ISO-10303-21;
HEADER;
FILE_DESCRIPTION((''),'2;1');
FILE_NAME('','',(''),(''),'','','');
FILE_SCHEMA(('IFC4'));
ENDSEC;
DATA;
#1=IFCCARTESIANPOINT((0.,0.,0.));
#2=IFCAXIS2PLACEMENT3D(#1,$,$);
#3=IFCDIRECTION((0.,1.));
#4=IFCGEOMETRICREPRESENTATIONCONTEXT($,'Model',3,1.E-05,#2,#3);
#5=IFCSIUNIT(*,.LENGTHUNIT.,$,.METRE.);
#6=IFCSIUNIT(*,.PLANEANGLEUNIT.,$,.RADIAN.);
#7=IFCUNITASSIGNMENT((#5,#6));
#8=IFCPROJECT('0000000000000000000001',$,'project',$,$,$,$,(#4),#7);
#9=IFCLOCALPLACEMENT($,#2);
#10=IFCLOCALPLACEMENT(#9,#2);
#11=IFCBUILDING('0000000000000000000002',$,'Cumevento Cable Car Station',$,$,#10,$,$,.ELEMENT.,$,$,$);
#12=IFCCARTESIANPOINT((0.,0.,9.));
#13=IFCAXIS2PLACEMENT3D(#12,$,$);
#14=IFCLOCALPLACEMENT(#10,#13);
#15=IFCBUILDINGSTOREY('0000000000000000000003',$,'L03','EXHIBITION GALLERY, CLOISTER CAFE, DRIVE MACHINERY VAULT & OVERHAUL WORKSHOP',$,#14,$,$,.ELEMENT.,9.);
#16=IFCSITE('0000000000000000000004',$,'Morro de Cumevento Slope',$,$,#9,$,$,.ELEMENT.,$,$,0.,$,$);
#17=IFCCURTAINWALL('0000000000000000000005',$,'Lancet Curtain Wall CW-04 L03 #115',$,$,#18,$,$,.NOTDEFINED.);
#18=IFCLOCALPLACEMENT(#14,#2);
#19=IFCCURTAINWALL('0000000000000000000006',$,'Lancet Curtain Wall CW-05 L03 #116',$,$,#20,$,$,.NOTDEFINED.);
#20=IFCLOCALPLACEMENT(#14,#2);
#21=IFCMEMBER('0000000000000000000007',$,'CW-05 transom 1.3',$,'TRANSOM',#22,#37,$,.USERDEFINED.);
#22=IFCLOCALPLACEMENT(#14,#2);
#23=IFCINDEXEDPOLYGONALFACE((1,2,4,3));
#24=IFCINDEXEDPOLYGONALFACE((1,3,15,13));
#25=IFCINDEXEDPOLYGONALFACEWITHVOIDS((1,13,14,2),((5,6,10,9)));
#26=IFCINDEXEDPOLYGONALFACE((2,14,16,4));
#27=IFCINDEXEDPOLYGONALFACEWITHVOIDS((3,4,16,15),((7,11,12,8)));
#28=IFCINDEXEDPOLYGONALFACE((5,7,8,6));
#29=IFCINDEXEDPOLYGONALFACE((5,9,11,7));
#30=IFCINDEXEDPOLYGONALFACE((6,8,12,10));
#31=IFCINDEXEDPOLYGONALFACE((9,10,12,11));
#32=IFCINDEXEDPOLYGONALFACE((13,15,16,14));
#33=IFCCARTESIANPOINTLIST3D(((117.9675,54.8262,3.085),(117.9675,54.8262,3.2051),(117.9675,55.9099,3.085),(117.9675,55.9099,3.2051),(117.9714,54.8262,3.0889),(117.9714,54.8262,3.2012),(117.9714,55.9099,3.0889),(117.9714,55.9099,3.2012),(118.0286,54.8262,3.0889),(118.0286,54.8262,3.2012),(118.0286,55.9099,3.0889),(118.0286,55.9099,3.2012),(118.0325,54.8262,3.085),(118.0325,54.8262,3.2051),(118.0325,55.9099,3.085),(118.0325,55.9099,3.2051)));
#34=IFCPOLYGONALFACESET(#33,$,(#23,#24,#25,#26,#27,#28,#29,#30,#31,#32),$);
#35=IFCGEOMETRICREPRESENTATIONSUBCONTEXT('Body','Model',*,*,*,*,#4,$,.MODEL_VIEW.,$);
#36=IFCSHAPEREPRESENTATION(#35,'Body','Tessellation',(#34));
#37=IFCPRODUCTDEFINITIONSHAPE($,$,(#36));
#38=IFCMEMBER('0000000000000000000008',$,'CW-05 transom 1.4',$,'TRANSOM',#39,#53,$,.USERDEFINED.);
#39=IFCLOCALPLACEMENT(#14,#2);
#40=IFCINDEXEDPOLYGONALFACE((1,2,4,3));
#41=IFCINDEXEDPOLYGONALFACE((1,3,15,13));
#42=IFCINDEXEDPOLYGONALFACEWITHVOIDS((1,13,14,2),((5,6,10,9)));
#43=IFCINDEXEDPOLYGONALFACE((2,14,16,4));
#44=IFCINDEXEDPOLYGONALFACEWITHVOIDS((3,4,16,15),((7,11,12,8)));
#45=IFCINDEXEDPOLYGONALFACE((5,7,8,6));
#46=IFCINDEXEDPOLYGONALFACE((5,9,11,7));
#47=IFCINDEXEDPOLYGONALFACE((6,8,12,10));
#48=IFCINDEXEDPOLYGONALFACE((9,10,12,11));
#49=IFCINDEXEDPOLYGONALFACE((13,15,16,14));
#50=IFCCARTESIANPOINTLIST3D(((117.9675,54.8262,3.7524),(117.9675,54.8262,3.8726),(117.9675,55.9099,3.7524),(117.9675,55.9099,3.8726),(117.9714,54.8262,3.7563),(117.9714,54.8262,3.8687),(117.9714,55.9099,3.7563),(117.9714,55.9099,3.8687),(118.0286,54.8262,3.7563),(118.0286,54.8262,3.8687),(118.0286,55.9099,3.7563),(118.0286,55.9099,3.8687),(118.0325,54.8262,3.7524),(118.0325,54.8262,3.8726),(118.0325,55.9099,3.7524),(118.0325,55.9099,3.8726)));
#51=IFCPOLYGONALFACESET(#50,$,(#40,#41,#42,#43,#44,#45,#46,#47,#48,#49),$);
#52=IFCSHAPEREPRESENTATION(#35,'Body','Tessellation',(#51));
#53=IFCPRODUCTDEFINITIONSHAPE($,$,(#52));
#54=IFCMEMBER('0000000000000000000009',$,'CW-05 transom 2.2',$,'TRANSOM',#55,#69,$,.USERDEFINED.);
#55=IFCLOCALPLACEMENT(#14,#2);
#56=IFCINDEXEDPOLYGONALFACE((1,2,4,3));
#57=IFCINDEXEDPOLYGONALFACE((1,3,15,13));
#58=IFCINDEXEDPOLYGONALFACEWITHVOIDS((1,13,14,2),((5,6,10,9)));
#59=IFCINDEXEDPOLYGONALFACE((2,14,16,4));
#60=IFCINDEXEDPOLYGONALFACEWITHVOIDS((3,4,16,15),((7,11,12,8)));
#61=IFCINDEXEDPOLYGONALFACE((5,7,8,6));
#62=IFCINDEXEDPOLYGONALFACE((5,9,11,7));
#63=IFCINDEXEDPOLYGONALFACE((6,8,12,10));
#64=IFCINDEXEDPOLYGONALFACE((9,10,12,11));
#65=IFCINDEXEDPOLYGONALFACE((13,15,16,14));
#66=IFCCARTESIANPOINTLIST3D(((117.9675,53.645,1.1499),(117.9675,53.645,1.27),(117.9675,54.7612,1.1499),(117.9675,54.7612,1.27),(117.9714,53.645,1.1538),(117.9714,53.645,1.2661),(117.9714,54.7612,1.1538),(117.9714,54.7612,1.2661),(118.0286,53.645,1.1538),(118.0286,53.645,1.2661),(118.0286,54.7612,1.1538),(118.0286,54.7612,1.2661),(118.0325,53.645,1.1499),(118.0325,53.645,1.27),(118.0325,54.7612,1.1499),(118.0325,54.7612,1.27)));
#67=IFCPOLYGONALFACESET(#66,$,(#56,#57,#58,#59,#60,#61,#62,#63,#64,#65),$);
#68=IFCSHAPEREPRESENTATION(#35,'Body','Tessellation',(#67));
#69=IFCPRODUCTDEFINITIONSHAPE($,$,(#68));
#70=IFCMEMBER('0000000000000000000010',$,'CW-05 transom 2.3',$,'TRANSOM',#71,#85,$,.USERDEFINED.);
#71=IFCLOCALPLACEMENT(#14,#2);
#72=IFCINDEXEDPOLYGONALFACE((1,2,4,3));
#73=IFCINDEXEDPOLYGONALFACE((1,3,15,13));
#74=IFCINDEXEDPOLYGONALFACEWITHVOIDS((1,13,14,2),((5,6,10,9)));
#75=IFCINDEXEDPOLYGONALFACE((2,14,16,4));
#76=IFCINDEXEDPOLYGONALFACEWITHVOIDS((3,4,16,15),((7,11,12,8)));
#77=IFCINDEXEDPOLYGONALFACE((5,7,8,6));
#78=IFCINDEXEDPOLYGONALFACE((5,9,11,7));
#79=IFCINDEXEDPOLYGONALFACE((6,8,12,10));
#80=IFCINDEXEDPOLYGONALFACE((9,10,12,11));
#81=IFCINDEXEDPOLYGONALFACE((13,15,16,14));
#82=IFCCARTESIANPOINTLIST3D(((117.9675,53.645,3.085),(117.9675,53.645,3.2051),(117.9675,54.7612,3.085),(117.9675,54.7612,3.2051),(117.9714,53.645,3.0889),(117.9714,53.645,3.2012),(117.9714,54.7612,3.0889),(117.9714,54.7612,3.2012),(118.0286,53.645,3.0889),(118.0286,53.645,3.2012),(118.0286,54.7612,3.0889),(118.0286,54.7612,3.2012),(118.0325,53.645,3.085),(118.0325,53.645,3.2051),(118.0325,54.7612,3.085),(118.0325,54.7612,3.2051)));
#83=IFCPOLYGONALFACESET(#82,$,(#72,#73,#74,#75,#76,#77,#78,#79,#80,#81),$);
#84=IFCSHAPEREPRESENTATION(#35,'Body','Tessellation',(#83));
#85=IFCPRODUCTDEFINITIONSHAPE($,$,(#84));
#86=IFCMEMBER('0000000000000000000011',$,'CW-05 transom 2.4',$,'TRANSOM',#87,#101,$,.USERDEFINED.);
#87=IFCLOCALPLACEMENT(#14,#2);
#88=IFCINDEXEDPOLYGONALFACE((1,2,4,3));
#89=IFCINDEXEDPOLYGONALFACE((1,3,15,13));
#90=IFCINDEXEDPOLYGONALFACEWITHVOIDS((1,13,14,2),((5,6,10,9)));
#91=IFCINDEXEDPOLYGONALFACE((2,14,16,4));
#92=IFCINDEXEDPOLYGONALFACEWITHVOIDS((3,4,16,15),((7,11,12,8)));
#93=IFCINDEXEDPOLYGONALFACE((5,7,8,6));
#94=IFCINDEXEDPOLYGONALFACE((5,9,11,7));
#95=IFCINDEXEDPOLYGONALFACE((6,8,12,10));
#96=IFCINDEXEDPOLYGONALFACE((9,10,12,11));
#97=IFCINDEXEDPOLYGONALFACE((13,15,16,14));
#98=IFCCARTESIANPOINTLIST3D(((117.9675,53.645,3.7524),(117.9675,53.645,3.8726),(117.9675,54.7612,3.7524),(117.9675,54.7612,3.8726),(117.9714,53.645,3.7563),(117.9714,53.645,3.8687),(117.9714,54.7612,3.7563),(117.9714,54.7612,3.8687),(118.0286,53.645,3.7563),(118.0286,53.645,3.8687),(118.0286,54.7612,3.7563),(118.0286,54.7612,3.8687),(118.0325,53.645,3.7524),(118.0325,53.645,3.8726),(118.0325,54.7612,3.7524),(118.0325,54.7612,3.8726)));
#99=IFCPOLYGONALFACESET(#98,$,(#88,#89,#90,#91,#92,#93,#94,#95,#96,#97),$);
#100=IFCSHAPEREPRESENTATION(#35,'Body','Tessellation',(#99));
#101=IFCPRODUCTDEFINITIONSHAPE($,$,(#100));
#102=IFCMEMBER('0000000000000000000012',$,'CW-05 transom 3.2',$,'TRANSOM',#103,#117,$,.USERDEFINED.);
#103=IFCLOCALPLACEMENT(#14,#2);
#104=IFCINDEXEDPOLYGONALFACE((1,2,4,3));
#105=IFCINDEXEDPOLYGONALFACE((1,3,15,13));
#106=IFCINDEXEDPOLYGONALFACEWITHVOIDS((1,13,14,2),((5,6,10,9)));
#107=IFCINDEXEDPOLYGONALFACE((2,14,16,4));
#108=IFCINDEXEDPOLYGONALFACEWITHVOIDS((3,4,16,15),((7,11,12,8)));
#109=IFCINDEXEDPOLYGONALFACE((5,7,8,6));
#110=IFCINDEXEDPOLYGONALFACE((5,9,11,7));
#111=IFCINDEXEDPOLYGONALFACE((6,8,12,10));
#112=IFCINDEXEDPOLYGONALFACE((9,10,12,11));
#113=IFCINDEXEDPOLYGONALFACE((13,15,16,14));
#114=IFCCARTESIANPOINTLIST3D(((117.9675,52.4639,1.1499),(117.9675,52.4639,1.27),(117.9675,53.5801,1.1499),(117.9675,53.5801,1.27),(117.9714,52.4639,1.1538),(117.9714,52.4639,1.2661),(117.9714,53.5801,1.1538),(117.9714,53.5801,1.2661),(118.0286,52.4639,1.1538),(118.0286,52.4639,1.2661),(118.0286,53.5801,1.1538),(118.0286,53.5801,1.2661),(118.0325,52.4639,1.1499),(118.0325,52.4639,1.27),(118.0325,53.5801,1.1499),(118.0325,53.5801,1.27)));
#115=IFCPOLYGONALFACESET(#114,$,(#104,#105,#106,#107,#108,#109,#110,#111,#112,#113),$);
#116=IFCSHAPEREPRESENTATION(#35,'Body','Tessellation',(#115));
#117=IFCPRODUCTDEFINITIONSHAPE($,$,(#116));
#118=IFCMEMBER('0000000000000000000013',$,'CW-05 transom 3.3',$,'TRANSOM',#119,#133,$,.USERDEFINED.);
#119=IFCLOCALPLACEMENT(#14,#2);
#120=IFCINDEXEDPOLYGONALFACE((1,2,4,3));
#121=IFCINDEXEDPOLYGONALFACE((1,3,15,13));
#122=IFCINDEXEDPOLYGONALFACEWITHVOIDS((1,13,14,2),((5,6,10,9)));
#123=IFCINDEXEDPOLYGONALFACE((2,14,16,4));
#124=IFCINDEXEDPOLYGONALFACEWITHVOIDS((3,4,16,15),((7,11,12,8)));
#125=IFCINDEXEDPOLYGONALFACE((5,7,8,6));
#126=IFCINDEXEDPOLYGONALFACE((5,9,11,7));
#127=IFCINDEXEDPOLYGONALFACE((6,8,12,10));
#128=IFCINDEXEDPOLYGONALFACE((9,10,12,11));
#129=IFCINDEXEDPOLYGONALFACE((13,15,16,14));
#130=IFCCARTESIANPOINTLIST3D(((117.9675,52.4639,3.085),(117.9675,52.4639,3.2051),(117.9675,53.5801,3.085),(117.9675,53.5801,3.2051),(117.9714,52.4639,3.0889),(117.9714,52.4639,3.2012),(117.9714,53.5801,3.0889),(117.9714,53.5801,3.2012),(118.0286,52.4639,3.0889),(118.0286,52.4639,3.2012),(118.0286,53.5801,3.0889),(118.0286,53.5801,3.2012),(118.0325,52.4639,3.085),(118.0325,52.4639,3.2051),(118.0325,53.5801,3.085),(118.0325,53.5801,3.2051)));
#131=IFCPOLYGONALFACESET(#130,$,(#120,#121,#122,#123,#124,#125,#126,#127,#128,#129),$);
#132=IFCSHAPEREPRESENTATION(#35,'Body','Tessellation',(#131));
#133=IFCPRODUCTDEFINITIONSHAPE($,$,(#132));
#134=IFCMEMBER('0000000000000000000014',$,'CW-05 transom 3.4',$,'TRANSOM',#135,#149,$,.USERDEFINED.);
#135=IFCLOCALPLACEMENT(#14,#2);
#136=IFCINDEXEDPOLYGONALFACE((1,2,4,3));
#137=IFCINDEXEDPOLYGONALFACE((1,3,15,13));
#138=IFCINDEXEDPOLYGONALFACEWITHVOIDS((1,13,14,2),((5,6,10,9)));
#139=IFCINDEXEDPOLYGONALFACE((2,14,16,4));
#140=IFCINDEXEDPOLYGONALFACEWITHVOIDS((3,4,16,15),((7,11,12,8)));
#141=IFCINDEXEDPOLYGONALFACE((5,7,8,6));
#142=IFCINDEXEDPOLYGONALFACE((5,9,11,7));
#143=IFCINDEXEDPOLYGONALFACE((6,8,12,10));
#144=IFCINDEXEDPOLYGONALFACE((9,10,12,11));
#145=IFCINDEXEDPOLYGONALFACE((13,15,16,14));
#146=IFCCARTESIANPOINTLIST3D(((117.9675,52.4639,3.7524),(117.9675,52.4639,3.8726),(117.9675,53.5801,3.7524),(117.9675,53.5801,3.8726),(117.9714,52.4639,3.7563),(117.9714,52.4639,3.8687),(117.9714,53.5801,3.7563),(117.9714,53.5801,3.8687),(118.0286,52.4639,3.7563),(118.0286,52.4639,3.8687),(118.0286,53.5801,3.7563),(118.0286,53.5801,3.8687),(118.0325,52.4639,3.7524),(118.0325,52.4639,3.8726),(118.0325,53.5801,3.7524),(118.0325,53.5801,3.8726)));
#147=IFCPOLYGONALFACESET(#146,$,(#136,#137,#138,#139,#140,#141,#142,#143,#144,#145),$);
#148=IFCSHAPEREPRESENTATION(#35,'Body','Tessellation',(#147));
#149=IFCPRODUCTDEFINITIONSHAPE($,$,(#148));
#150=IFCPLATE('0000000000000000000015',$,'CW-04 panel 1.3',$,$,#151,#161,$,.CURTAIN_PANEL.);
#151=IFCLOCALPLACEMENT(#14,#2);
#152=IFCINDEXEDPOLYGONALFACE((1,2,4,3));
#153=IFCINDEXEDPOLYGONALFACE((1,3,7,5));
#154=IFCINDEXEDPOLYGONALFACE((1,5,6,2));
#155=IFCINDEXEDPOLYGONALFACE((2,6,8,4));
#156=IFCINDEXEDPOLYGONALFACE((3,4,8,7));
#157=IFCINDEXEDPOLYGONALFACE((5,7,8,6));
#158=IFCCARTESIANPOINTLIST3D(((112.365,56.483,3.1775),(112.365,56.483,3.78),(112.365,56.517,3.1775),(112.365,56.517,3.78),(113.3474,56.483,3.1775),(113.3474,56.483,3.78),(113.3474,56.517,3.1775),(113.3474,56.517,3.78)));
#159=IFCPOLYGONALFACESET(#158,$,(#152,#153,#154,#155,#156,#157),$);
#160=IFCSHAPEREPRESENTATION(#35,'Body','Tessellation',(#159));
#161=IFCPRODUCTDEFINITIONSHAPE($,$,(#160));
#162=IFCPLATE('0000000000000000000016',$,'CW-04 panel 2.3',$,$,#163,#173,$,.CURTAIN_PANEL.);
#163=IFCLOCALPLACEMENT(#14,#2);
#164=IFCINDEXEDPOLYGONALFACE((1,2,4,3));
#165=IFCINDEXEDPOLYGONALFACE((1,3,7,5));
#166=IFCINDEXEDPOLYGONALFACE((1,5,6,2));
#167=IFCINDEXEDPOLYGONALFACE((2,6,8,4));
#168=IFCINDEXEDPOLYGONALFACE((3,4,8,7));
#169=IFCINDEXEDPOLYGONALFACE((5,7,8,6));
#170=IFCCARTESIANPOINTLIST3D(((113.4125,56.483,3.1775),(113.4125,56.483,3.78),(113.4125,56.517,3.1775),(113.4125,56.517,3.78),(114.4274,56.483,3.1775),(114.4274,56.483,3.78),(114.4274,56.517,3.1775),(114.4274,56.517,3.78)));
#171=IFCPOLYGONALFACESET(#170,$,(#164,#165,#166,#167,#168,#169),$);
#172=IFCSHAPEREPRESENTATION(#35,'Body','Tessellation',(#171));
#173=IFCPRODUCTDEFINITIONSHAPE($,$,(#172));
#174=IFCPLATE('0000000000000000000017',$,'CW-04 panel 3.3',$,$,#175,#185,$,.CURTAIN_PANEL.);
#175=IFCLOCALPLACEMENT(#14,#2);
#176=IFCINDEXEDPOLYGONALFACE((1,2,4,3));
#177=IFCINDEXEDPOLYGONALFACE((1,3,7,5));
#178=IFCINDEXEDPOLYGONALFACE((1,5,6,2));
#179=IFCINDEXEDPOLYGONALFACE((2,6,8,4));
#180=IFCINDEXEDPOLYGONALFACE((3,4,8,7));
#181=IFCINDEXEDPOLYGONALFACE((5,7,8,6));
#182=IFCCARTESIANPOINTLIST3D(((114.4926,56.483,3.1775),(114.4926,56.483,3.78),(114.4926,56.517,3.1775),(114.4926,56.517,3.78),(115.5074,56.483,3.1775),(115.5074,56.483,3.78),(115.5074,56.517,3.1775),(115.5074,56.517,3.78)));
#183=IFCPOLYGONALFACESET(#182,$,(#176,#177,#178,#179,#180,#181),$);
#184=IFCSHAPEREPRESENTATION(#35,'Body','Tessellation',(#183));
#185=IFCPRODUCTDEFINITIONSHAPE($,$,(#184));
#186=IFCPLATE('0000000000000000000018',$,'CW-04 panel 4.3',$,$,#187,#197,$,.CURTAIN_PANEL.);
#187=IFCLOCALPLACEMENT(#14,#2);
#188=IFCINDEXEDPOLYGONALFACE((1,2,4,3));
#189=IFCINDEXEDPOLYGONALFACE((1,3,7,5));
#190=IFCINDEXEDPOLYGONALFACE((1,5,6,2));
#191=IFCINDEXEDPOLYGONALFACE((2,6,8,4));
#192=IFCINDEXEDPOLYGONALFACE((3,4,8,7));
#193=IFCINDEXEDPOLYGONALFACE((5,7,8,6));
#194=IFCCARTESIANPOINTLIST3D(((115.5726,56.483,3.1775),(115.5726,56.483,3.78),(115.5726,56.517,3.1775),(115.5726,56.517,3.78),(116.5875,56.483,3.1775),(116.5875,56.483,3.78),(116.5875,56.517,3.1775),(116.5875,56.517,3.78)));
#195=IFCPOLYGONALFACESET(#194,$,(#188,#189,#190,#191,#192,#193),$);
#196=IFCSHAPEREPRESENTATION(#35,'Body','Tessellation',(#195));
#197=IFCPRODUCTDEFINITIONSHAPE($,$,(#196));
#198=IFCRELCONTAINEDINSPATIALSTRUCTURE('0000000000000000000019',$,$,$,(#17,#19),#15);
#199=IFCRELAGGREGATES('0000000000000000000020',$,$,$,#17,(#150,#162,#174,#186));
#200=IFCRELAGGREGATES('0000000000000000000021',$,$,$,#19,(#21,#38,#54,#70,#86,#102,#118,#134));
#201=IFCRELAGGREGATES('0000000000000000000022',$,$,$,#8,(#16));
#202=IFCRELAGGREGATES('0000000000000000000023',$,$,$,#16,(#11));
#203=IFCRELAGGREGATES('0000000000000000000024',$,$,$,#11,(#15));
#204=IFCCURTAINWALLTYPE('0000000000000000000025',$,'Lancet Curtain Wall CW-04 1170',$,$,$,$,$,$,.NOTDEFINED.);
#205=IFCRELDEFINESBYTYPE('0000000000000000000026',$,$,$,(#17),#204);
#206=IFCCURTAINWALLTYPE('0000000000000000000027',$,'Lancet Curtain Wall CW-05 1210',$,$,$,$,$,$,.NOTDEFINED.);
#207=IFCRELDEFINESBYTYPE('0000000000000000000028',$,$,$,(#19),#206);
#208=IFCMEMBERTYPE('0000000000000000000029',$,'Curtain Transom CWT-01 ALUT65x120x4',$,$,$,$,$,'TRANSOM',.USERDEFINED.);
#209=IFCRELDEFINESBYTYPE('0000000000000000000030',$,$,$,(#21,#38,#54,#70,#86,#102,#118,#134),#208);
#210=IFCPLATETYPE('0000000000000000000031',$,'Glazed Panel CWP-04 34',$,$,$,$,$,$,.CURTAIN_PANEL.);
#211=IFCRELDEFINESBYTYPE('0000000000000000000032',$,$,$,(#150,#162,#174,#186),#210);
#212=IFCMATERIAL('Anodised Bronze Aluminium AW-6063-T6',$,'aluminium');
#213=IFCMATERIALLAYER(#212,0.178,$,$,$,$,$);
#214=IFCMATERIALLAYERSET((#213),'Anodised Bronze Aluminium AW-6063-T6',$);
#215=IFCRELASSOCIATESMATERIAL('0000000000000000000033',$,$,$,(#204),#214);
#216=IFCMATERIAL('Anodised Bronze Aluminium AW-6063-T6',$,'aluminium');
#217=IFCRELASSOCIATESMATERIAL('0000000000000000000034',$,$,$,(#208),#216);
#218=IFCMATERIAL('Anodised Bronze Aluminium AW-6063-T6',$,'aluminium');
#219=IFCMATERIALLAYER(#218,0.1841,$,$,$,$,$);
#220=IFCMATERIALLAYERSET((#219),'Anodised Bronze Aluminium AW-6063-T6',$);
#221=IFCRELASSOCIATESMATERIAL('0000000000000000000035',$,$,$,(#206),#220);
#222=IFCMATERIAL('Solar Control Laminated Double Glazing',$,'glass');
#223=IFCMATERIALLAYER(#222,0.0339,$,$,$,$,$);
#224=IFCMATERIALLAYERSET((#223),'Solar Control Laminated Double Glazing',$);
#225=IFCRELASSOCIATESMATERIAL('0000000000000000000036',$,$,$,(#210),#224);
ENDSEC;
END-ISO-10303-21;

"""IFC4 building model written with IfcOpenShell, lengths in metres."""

from ifc_helpers import new_model, si_unit, direction, frame, origin, origin_2d, place, context, subcontext, project, spatial, rectangle, hollow_rectangle, extrude, material, layer, layer_set, material_profile, profile_set, type_object, element, aggregate, save


model = new_model("IFC4")

# Units and contexts
model_context = context("Model", 3, precision=1e-05, world=origin(), true_north=direction((0.0, 1.0)))
body_context = subcontext(model_context, "Body", "Model", "MODEL_VIEW")
ifc_project = project(units=[si_unit("LENGTHUNIT", "METRE"), si_unit("PLANEANGLEUNIT", "RADIAN")], contexts=[model_context])

# Site, building, storey
site_placement = place(None, origin())
site = spatial("IfcSite", under=ifc_project, at=site_placement, Name="Morro de Cumevento Slope", CompositionType="ELEMENT", RefElevation=0.0)
building_placement = place(site_placement, origin())
building = spatial("IfcBuilding", under=site, at=building_placement, Name="Cumevento Cable Car Station", CompositionType="ELEMENT")
storey_placement = place(building_placement, frame((0.0, 0.0, 9.0)))
storey = spatial("IfcBuildingStorey", under=building, at=storey_placement, Name="L03", Description="EXHIBITION GALLERY, CLOISTER CAFE, DRIVE MACHINERY VAULT & OVERHAUL WORKSHOP", CompositionType="ELEMENT", Elevation=9.0)

# Curtain walls, members
ifc_material_1 = material(Name="Anodised Bronze Aluminium AW-6063-T6", Category="aluminium")
ifc_layer_1 = layer(ifc_material_1, 0.178)
ifc_layer_set_1 = layer_set([ifc_layer_1], Name="Anodised Bronze Aluminium AW-6063-T6")
curtain_wall_type_1 = type_object("IfcCurtainWallType", Name="Lancet Curtain Wall CW-04 1170", PredefinedType="NOTDEFINED", material=ifc_layer_set_1)
curtain_wall_1_placement = place(storey_placement, origin())
curtain_wall_1 = element("IfcCurtainWall", 1, at=curtain_wall_1_placement, inside=storey, type_object=curtain_wall_type_1, Name="Lancet Curtain Wall CW-04 L03 #115", PredefinedType="NOTDEFINED")
ifc_material_2 = material(Name="Anodised Bronze Aluminium AW-6063-T6", Category="aluminium")
ifc_material_profile = material_profile(ifc_material_2, hollow_rectangle(XDim=0.0649, YDim=0.1201, WallThickness=0.0039, at=origin_2d()), Name="ALUT65x120x4")
ifc_profile_set = profile_set([ifc_material_profile], Name="Anodised Bronze Aluminium AW-6063-T6")
member_type = type_object("IfcMemberType", Name="Curtain Transom CWT-01 ALUT65x120x4", ElementType="TRANSOM", PredefinedType="USERDEFINED", material=ifc_profile_set)
ifc_material_3 = material(Name="Anodised Bronze Aluminium AW-6063-T6", Category="aluminium")
ifc_layer_2 = layer(ifc_material_3, 0.1841)
ifc_layer_set_2 = layer_set([ifc_layer_2], Name="Anodised Bronze Aluminium AW-6063-T6")
curtain_wall_type_2 = type_object("IfcCurtainWallType", Name="Lancet Curtain Wall CW-05 1210", PredefinedType="NOTDEFINED", material=ifc_layer_set_2)
curtain_wall_2_placement = place(storey_placement, origin())
curtain_wall_2 = element("IfcCurtainWall", 2, at=curtain_wall_2_placement, inside=storey, type_object=curtain_wall_type_2, Name="Lancet Curtain Wall CW-05 L03 #116", PredefinedType="NOTDEFINED")
member_1_placement = place(storey_placement, frame((118.0, 55.9099, 3.145), z_axis=(0.0, -1.0, 0.0), x_axis=(1.0, 0.0, 0.0)))
member_1 = element("IfcMember", 3, at=member_1_placement, type_object=member_type, Name="CW-05 transom 1.3", ObjectType="TRANSOM", PredefinedType="USERDEFINED", context=body_context, shape_type="SweptSolid", body=[
    extrude(hollow_rectangle(XDim=0.0649, YDim=0.1201, WallThickness=0.0039, at=origin_2d()), origin(), (0.0, 0.0, 1.0), 1.0837),
])
member_2_placement = place(storey_placement, frame((118.0, 55.9099, 3.8125), z_axis=(0.0, -1.0, 0.0), x_axis=(1.0, 0.0, 0.0)))
member_2 = element("IfcMember", 4, at=member_2_placement, type_object=member_type, Name="CW-05 transom 1.4", ObjectType="TRANSOM", PredefinedType="USERDEFINED", context=body_context, shape_type="SweptSolid", body=[
    extrude(hollow_rectangle(XDim=0.0649, YDim=0.1201, WallThickness=0.0039, at=origin_2d()), origin(), (0.0, 0.0, 1.0), 1.0837),
])
member_3_placement = place(storey_placement, frame((118.0, 54.7612, 1.21), z_axis=(0.0, -1.0, 0.0), x_axis=(1.0, 0.0, 0.0)))
member_3 = element("IfcMember", 5, at=member_3_placement, type_object=member_type, Name="CW-05 transom 2.2", ObjectType="TRANSOM", PredefinedType="USERDEFINED", context=body_context, shape_type="SweptSolid", body=[
    extrude(hollow_rectangle(XDim=0.0649, YDim=0.1201, WallThickness=0.0039, at=origin_2d()), origin(), (0.0, 0.0, 1.0), 1.1162),
])
member_4_placement = place(storey_placement, frame((118.0, 54.7612, 3.145), z_axis=(0.0, -1.0, 0.0), x_axis=(1.0, 0.0, 0.0)))
member_4 = element("IfcMember", 6, at=member_4_placement, type_object=member_type, Name="CW-05 transom 2.3", ObjectType="TRANSOM", PredefinedType="USERDEFINED", context=body_context, shape_type="SweptSolid", body=[
    extrude(hollow_rectangle(XDim=0.0649, YDim=0.1201, WallThickness=0.0039, at=origin_2d()), origin(), (0.0, 0.0, 1.0), 1.1162),
])
member_5_placement = place(storey_placement, frame((118.0, 54.7612, 3.8125), z_axis=(0.0, -1.0, 0.0), x_axis=(1.0, 0.0, 0.0)))
member_5 = element("IfcMember", 7, at=member_5_placement, type_object=member_type, Name="CW-05 transom 2.4", ObjectType="TRANSOM", PredefinedType="USERDEFINED", context=body_context, shape_type="SweptSolid", body=[
    extrude(hollow_rectangle(XDim=0.0649, YDim=0.1201, WallThickness=0.0039, at=origin_2d()), origin(), (0.0, 0.0, 1.0), 1.1162),
])
member_6_placement = place(storey_placement, frame((118.0, 53.5801, 1.21), z_axis=(0.0, -1.0, 0.0), x_axis=(1.0, 0.0, 0.0)))
member_6 = element("IfcMember", 8, at=member_6_placement, type_object=member_type, Name="CW-05 transom 3.2", ObjectType="TRANSOM", PredefinedType="USERDEFINED", context=body_context, shape_type="SweptSolid", body=[
    extrude(hollow_rectangle(XDim=0.0649, YDim=0.1201, WallThickness=0.0039, at=origin_2d()), origin(), (0.0, 0.0, 1.0), 1.1162),
])
member_7_placement = place(storey_placement, frame((118.0, 53.5801, 3.145), z_axis=(0.0, -1.0, 0.0), x_axis=(1.0, 0.0, 0.0)))
member_7 = element("IfcMember", 9, at=member_7_placement, type_object=member_type, Name="CW-05 transom 3.3", ObjectType="TRANSOM", PredefinedType="USERDEFINED", context=body_context, shape_type="SweptSolid", body=[
    extrude(hollow_rectangle(XDim=0.0649, YDim=0.1201, WallThickness=0.0039, at=origin_2d()), origin(), (0.0, 0.0, 1.0), 1.1162),
])
member_8_placement = place(storey_placement, frame((118.0, 53.5801, 3.8125), z_axis=(0.0, -1.0, 0.0), x_axis=(1.0, 0.0, 0.0)))
member_8 = element("IfcMember", 10, at=member_8_placement, type_object=member_type, Name="CW-05 transom 3.4", ObjectType="TRANSOM", PredefinedType="USERDEFINED", context=body_context, shape_type="SweptSolid", body=[
    extrude(hollow_rectangle(XDim=0.0649, YDim=0.1201, WallThickness=0.0039, at=origin_2d()), origin(), (0.0, 0.0, 1.0), 1.1162),
])

# Plates
ifc_material_4 = material(Name="Solar Control Laminated Double Glazing", Category="glass")
ifc_layer_3 = layer(ifc_material_4, 0.0339)
ifc_layer_set_3 = layer_set([ifc_layer_3], Name="Solar Control Laminated Double Glazing")
plate_type_1 = type_object("IfcPlateType", Name="Glazed Panel CWP-04 34", PredefinedType="CURTAIN_PANEL", material=ifc_layer_set_3)
plate_1_placement = place(storey_placement, frame((112.8562, 56.5, 3.1775), z_axis=(0.0, 0.0, 1.0), x_axis=(1.0, 0.0, 0.0)))
plate_1 = element("IfcPlate", 11, at=plate_1_placement, type_object=plate_type_1, Name="CW-04 panel 1.3", PredefinedType="CURTAIN_PANEL", context=body_context, shape_type="SweptSolid", body=[
    extrude(rectangle(XDim=0.9824, YDim=0.0339, at=origin_2d()), origin(), (0.0, 0.0, 1.0), 0.6025),
])
plate_2_placement = place(storey_placement, frame((113.9199, 56.5, 3.1775), z_axis=(0.0, 0.0, 1.0), x_axis=(1.0, 0.0, 0.0)))
plate_2 = element("IfcPlate", 12, at=plate_2_placement, type_object=plate_type_1, Name="CW-04 panel 2.3", PredefinedType="CURTAIN_PANEL", context=body_context, shape_type="SweptSolid", body=[
    extrude(rectangle(XDim=1.0149, YDim=0.0339, at=origin_2d()), origin(), (0.0, 0.0, 1.0), 0.6025),
])
plate_3_placement = place(storey_placement, frame((115.0, 56.5, 3.1775), z_axis=(0.0, 0.0, 1.0), x_axis=(1.0, 0.0, 0.0)))
plate_3 = element("IfcPlate", 13, at=plate_3_placement, type_object=plate_type_1, Name="CW-04 panel 3.3", PredefinedType="CURTAIN_PANEL", context=body_context, shape_type="SweptSolid", body=[
    extrude(rectangle(XDim=1.0149, YDim=0.0339, at=origin_2d()), origin(), (0.0, 0.0, 1.0), 0.6025),
])
plate_4_placement = place(storey_placement, frame((116.0801, 56.5, 3.1775), z_axis=(0.0, 0.0, 1.0), x_axis=(1.0, 0.0, 0.0)))
plate_4 = element("IfcPlate", 14, at=plate_4_placement, type_object=plate_type_1, Name="CW-04 panel 4.3", PredefinedType="CURTAIN_PANEL", context=body_context, shape_type="SweptSolid", body=[
    extrude(rectangle(XDim=1.0149, YDim=0.0339, at=origin_2d()), origin(), (0.0, 0.0, 1.0), 0.6025),
])
aggregate(curtain_wall_1, [plate_1, plate_2, plate_3, plate_4])
aggregate(curtain_wall_2, [member_1, member_2, member_3, member_4, member_5, member_6, member_7, member_8])

save(model, "model.ifc")
